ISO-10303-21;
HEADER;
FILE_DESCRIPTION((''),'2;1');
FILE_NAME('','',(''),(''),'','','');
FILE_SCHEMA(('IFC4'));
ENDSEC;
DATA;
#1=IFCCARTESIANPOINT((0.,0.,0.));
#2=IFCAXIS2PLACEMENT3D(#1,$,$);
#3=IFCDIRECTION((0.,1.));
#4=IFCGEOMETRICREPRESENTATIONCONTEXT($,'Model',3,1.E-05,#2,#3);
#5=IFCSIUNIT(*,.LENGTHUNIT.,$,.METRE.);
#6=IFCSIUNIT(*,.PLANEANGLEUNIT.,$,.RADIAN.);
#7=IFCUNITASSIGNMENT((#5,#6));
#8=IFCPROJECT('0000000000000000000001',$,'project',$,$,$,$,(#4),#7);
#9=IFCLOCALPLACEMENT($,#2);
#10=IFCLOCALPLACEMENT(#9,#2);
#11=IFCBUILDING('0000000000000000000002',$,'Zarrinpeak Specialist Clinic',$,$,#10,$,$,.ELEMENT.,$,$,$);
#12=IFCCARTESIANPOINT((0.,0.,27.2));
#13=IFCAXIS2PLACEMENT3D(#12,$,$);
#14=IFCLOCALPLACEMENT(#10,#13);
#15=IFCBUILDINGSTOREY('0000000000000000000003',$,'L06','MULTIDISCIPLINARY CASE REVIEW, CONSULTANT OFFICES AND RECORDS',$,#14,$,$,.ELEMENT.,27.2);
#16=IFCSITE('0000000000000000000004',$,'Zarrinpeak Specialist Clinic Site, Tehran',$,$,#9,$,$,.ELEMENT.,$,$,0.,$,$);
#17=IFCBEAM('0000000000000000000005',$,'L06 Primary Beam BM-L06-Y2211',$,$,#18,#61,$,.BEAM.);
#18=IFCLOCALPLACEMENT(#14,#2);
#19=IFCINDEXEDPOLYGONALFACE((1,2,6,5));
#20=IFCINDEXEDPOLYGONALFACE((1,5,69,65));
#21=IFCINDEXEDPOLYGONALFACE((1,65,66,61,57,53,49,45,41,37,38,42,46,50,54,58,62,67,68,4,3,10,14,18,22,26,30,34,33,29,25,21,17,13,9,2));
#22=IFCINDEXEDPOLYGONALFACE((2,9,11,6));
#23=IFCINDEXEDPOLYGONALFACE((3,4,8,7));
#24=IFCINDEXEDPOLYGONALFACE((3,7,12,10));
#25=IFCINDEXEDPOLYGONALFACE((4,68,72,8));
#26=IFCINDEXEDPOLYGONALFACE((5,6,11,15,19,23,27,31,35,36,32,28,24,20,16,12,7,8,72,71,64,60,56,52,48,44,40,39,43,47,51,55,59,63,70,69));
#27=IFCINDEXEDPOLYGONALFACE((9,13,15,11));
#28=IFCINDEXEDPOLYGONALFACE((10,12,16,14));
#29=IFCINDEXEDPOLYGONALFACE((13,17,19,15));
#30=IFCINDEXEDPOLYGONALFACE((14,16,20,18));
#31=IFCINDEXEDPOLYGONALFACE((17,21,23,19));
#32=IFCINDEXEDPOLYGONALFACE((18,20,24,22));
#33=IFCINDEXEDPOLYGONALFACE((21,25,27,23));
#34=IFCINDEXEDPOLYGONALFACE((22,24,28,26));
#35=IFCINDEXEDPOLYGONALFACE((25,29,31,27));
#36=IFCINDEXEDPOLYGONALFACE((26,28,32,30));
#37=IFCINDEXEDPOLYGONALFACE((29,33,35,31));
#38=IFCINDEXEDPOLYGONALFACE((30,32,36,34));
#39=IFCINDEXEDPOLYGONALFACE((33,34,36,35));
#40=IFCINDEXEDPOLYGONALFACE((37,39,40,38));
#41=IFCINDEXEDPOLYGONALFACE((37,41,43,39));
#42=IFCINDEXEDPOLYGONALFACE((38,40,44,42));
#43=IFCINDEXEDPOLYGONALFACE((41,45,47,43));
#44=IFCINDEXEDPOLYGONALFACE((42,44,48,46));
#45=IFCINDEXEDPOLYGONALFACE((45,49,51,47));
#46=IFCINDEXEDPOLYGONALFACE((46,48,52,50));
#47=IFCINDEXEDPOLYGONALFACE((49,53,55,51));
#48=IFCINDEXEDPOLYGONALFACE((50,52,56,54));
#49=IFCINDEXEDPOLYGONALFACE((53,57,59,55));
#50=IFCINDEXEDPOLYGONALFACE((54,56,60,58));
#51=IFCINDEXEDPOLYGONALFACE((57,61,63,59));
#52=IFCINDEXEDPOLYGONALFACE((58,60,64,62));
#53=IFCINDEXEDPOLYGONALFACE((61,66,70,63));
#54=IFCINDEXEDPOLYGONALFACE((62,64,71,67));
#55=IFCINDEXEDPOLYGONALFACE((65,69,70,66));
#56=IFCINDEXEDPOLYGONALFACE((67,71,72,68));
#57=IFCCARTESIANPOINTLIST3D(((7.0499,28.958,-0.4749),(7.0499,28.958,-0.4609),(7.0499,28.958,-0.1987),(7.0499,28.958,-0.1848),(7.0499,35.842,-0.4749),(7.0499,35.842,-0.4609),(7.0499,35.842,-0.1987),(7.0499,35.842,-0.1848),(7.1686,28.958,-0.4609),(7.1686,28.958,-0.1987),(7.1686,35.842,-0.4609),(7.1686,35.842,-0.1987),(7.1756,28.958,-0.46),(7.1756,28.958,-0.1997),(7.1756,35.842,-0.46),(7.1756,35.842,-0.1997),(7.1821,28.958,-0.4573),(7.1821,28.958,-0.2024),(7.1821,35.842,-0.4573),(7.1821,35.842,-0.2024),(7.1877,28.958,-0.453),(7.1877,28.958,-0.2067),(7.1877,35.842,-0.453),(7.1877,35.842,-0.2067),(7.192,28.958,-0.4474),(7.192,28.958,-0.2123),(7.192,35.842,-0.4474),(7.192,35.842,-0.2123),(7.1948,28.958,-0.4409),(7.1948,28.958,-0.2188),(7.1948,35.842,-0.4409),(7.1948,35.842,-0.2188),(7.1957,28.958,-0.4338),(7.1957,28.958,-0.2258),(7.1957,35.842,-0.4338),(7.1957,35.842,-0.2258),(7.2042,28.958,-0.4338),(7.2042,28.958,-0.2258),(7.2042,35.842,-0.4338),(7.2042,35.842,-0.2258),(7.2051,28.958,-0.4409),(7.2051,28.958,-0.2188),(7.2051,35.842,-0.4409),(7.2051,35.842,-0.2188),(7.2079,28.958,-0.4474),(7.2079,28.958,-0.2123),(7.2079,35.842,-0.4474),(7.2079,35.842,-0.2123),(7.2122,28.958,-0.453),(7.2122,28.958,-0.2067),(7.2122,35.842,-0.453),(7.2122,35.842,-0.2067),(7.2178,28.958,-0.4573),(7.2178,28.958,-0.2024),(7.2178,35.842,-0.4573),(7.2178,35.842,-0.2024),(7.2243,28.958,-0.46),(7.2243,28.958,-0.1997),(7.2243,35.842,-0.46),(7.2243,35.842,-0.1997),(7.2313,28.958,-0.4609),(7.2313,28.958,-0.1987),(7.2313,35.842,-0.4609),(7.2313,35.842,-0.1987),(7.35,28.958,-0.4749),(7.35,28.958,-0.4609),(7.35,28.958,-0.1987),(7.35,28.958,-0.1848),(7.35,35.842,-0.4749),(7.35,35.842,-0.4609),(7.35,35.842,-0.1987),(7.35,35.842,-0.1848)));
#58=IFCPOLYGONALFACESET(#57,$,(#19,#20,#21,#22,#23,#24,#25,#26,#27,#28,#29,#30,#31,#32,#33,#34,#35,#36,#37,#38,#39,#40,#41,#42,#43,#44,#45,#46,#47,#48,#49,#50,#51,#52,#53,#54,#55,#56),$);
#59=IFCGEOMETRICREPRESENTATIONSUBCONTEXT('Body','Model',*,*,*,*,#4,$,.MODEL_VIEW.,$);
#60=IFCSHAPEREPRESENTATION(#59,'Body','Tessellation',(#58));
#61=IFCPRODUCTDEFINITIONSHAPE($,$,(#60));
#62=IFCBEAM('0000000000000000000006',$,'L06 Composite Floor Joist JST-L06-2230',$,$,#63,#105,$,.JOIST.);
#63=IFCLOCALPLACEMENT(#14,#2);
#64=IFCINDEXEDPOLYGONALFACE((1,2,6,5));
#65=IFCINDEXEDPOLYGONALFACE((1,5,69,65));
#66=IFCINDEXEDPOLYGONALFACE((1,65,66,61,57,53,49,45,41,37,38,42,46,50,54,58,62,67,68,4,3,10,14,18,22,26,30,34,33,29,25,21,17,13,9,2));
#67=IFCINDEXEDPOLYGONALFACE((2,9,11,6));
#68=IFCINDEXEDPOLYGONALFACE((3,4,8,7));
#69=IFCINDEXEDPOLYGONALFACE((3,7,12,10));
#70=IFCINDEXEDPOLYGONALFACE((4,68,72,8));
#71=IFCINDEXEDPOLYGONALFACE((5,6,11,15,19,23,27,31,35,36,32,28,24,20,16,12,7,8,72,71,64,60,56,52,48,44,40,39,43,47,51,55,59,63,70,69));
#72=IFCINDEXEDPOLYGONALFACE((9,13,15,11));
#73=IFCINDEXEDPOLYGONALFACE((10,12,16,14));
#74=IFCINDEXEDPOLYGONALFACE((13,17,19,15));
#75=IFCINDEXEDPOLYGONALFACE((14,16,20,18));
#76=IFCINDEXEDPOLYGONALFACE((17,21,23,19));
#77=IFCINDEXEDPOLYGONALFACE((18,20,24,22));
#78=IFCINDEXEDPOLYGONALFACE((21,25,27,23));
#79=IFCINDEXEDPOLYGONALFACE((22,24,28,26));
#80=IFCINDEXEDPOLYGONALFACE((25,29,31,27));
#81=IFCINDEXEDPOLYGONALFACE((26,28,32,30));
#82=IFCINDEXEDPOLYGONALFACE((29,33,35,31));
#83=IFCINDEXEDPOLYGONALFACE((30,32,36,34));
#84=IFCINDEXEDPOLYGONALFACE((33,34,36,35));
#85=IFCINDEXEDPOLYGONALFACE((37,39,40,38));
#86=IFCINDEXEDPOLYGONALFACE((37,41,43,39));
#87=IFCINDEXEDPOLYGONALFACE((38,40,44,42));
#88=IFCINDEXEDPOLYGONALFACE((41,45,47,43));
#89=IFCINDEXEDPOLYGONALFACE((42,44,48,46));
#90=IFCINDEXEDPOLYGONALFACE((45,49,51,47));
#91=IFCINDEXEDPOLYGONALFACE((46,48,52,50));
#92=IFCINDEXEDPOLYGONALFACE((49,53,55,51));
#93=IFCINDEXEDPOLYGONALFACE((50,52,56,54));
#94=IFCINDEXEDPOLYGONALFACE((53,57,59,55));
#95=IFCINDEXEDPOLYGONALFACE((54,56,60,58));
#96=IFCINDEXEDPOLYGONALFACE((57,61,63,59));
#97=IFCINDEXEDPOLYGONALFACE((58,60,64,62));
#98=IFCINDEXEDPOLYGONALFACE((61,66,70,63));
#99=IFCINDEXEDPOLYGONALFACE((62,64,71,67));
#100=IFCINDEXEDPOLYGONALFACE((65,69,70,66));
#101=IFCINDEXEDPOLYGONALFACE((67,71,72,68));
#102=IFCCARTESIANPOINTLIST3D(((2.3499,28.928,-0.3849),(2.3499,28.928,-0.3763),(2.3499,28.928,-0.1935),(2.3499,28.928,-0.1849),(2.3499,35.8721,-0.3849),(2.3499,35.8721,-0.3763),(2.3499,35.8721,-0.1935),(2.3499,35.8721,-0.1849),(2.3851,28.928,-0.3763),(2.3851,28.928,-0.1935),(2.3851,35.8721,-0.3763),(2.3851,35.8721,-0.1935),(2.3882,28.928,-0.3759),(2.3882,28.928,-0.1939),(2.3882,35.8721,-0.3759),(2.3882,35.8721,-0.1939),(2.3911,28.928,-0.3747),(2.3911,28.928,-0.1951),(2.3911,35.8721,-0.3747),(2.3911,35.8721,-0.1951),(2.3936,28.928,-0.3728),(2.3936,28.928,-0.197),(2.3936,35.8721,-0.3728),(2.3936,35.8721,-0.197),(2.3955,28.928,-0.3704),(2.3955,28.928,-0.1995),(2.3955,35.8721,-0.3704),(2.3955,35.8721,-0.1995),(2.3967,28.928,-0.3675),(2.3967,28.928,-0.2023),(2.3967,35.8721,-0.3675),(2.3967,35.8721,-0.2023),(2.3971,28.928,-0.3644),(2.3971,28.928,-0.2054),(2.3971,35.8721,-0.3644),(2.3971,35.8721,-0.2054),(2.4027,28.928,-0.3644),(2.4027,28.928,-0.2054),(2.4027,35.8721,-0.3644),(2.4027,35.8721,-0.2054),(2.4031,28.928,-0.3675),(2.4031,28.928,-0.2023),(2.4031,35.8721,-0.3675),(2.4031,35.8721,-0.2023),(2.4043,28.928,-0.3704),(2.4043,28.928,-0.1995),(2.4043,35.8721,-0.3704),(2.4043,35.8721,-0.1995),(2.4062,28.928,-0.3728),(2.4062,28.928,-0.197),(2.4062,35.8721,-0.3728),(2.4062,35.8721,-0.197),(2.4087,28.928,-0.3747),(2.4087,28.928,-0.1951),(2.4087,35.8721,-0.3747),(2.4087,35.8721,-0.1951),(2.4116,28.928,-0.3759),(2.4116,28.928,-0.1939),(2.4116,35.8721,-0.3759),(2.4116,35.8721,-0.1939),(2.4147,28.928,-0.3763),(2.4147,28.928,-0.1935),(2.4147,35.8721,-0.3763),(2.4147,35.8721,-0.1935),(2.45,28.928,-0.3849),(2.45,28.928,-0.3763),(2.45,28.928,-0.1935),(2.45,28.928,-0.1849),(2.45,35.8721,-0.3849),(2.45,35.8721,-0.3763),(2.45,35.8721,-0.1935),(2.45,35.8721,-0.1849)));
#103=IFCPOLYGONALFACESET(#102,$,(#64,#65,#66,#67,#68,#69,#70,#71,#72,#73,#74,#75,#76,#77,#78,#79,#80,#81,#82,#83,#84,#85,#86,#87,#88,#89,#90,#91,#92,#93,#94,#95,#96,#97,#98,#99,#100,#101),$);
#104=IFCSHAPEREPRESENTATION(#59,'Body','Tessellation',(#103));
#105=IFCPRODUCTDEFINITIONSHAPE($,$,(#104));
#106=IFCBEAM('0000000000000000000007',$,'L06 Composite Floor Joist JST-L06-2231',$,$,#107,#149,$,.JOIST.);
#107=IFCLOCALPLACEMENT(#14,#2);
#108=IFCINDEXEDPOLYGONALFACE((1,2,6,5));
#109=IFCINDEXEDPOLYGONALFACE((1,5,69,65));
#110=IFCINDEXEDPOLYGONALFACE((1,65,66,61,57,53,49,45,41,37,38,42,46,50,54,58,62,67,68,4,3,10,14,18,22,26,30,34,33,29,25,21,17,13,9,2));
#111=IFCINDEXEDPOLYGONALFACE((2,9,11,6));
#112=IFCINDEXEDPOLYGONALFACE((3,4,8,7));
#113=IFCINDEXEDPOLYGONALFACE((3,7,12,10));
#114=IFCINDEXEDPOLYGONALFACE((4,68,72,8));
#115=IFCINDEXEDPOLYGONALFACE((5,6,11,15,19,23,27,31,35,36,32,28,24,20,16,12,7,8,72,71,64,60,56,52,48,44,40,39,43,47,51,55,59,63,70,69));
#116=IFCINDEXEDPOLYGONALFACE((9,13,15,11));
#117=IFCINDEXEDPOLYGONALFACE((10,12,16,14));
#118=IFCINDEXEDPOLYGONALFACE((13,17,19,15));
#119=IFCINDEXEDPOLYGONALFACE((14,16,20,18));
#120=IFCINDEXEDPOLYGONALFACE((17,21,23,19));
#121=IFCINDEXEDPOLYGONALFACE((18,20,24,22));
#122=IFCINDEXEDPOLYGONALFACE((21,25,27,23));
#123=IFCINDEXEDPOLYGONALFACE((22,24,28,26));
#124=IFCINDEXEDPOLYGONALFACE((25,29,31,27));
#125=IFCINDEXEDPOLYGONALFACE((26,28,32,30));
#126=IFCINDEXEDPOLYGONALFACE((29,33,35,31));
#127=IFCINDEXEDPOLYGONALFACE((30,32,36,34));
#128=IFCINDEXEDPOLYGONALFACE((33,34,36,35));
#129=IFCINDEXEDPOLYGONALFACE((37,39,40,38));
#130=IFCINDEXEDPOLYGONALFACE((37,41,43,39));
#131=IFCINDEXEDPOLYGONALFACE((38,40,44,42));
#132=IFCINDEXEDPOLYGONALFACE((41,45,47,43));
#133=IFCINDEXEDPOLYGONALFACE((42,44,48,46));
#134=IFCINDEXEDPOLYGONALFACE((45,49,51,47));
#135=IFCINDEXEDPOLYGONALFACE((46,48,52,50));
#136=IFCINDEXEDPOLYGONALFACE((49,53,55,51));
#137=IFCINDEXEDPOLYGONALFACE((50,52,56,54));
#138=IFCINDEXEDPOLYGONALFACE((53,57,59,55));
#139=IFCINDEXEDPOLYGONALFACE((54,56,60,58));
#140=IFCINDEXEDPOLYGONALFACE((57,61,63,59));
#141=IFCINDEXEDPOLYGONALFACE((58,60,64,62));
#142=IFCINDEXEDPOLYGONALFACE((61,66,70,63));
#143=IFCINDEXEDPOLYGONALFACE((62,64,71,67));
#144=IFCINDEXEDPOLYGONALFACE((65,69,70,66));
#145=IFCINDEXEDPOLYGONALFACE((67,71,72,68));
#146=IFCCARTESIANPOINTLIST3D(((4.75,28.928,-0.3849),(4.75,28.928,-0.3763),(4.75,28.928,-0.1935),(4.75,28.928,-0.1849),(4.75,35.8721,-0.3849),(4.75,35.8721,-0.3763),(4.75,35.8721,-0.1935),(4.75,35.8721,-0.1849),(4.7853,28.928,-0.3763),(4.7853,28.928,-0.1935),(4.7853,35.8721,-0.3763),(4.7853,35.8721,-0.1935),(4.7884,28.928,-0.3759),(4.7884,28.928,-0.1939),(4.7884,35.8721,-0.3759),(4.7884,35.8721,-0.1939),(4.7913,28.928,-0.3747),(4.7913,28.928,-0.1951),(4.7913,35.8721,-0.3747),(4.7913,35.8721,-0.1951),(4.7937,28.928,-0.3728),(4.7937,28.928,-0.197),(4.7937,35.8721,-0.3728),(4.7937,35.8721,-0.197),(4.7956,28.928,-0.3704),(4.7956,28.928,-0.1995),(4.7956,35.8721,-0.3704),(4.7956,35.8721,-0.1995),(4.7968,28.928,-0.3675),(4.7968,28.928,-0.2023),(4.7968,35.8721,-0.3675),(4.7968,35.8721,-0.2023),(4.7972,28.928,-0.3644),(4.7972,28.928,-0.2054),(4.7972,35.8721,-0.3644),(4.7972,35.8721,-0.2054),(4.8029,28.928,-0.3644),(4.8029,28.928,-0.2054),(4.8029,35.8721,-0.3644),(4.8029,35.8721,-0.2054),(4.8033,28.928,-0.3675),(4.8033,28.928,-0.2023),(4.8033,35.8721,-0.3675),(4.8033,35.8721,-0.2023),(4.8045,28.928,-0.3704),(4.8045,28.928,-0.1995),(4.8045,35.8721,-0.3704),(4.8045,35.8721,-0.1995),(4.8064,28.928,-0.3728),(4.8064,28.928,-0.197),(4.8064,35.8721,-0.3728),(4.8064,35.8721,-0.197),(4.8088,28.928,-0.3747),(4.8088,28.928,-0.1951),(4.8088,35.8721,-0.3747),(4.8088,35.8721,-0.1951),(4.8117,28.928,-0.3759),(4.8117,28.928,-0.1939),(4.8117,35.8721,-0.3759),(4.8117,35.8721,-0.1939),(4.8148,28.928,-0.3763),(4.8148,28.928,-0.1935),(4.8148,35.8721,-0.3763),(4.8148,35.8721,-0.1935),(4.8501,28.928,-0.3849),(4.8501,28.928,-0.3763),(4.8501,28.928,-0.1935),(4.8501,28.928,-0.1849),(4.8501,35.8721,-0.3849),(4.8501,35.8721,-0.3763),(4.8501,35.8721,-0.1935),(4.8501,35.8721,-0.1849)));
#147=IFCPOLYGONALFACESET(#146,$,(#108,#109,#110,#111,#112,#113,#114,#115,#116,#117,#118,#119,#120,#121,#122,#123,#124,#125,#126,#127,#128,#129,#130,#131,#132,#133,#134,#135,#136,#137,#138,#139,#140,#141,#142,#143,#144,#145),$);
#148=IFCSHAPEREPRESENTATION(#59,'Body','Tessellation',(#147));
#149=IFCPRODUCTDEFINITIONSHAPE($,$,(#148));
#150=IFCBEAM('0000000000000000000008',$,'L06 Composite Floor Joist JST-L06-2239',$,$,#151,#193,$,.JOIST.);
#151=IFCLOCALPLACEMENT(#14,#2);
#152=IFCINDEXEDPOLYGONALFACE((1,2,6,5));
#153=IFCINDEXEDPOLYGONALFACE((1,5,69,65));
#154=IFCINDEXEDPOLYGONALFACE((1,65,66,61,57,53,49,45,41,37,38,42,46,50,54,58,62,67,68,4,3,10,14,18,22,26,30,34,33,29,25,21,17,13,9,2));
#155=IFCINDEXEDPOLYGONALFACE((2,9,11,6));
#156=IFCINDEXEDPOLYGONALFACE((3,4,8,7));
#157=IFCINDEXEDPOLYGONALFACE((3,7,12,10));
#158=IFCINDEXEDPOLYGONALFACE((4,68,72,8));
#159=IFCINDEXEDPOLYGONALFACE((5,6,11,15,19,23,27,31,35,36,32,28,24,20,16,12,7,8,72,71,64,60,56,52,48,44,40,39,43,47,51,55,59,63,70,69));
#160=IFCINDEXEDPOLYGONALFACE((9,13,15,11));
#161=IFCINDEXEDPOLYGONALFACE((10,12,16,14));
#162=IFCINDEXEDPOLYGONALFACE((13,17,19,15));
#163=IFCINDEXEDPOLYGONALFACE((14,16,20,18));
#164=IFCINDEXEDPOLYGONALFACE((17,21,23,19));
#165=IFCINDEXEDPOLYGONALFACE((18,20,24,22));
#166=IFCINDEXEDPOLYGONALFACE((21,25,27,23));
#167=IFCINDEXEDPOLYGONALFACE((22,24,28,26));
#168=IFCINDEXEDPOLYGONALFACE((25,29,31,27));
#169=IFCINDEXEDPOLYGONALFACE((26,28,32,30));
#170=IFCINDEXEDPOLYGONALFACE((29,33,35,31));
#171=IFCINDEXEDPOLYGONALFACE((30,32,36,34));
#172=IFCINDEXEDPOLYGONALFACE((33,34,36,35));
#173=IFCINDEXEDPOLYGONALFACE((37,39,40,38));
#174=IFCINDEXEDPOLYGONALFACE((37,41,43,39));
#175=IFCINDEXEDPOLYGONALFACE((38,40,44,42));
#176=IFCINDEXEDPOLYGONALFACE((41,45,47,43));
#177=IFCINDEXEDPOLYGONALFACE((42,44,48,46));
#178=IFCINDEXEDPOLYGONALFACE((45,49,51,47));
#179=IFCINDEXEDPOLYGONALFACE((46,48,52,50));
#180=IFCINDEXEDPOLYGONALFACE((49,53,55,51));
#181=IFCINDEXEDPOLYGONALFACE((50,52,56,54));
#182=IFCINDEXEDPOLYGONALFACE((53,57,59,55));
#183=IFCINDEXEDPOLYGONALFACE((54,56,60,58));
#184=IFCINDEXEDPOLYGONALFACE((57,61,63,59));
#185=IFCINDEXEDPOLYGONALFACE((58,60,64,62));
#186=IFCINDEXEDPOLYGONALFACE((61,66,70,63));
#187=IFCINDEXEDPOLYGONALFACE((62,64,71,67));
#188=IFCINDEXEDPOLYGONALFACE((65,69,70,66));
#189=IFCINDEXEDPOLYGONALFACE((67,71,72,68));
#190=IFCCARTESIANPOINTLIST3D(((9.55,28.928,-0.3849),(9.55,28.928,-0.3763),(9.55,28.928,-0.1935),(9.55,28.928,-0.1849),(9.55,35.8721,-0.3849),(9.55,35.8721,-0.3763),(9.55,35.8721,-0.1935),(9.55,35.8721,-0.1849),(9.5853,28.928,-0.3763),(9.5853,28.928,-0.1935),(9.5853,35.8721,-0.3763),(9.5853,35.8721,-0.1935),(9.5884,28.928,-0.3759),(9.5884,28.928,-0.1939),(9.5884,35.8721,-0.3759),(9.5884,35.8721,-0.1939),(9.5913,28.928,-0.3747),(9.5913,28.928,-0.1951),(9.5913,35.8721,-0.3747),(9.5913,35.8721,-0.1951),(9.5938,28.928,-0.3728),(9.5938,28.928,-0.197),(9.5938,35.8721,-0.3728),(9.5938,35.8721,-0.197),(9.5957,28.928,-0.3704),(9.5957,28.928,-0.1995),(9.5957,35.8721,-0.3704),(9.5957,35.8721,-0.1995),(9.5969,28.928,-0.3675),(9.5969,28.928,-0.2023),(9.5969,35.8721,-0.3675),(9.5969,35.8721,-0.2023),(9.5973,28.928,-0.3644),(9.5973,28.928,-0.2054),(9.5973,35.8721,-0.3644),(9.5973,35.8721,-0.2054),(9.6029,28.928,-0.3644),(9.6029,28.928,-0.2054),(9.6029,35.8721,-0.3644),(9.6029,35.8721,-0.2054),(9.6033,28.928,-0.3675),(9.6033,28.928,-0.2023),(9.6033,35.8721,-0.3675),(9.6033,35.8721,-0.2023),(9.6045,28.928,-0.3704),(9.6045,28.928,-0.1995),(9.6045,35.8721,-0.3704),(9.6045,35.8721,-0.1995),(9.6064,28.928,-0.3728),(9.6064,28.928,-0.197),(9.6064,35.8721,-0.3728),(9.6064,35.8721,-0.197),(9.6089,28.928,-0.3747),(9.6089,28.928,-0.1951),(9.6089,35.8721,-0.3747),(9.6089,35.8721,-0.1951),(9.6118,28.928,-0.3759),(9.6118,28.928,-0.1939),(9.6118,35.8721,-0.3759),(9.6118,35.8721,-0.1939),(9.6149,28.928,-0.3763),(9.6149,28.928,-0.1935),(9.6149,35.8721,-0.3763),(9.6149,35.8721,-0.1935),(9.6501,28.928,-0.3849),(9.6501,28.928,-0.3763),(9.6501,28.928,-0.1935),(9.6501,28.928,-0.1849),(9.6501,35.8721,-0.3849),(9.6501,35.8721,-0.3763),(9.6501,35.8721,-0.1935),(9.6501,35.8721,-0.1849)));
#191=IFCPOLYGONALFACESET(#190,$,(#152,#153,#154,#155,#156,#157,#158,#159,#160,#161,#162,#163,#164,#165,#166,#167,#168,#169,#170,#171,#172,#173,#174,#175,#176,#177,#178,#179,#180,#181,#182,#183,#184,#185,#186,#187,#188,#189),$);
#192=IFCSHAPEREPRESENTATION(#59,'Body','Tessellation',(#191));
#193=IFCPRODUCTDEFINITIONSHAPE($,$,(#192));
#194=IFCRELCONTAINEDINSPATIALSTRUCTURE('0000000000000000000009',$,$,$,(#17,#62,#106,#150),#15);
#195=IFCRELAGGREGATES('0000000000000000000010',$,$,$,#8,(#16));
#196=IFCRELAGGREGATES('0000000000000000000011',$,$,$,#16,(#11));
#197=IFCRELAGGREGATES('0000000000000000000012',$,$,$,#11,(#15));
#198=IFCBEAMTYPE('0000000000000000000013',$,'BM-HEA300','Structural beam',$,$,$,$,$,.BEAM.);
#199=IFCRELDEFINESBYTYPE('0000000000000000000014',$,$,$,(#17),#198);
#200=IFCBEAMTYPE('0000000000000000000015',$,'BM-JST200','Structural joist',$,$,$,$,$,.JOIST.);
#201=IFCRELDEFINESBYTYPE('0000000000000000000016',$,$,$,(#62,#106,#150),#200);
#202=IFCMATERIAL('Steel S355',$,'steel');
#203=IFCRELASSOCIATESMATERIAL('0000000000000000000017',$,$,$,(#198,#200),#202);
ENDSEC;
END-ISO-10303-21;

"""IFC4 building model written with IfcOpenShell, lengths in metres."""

from ifc_helpers import new_model, si_unit, direction, frame, origin, origin_2d, place, context, subcontext, project, spatial, i_section, extrude, material, material_profile, profile_set, type_object, element, save


model = new_model("IFC4")

# Units and contexts
model_context = context("Model", 3, precision=1e-05, world=origin(), true_north=direction((0.0, 1.0)))
body_context = subcontext(model_context, "Body", "Model", "MODEL_VIEW")
ifc_project = project(units=[si_unit("LENGTHUNIT", "METRE"), si_unit("PLANEANGLEUNIT", "RADIAN")], contexts=[model_context])

# Site, building, storey
site_placement = place(None, origin())
site = spatial("IfcSite", under=ifc_project, at=site_placement, Name="Zarrinpeak Specialist Clinic Site, Tehran", CompositionType="ELEMENT", RefElevation=0.0)
building_placement = place(site_placement, origin())
building = spatial("IfcBuilding", under=site, at=building_placement, Name="Zarrinpeak Specialist Clinic", CompositionType="ELEMENT")
storey_placement = place(building_placement, frame((0.0, 0.0, 27.2)))
storey = spatial("IfcBuildingStorey", under=building, at=storey_placement, Name="L06", Description="MULTIDISCIPLINARY CASE REVIEW, CONSULTANT OFFICES AND RECORDS", CompositionType="ELEMENT", Elevation=27.2)

# Shared definitions
ifc_material_1 = material(Name="Steel S355", Category="steel")

# Beams
ifc_material_profile_1 = material_profile(ifc_material_1, i_section(OverallWidth=0.3, OverallDepth=0.29, WebThickness=0.0085, FlangeThickness=0.0139, FilletRadius=0.0271, at=origin_2d()), Name="HEA 300")
ifc_profile_set_1 = profile_set([ifc_material_profile_1], Name="Steel S355")
beam_type_1 = type_object("IfcBeamType", Name="BM-HEA300", Description="Structural beam", PredefinedType="BEAM", material=ifc_profile_set_1)
beam_1_placement = place(storey_placement, frame((7.2, 28.958, -0.3298), z_axis=(0.0, 1.0, 0.0), x_axis=(-1.0, 0.0, 0.0)))
element("IfcBeam", 1, at=beam_1_placement, inside=storey, type_object=beam_type_1, Name="L06 Primary Beam BM-L06-Y2211", PredefinedType="BEAM", context=body_context, shape_type="SweptSolid", body=[
    extrude(i_section(OverallWidth=0.3, OverallDepth=0.29, WebThickness=0.0085, FlangeThickness=0.0139, FilletRadius=0.0271, at=origin_2d()), origin(), (0.0, 0.0, 1.0), 6.884),
])
ifc_material_profile_2 = material_profile(ifc_material_1, i_section(OverallWidth=0.1001, OverallDepth=0.2, WebThickness=0.0056, FlangeThickness=0.0085, FilletRadius=0.012, at=origin_2d()), Name="IPE 200")
ifc_profile_set_2 = profile_set([ifc_material_profile_2], Name="Steel S355")
beam_type_2 = type_object("IfcBeamType", Name="BM-JST200", Description="Structural joist", PredefinedType="JOIST", material=ifc_profile_set_2)
for number, where, z_axis, x_axis, name in (
    (2, (2.3999, 28.928, -0.2849), (0.0, 1.0, 0.0), (-1.0, 0.0, 0.0), "L06 Composite Floor Joist JST-L06-2230"),
    (3, (4.8, 28.928, -0.2849), (0.0, 1.0, 0.0), (-1.0, 0.0, 0.0), "L06 Composite Floor Joist JST-L06-2231"),
    (4, (9.6001, 28.928, -0.2849), (0.0, 1.0, 0.0), (-1.0, 0.0, 0.0), "L06 Composite Floor Joist JST-L06-2239"),
):
    element("IfcBeam", number, at=place(storey_placement, frame(where, z_axis=z_axis, x_axis=x_axis)), inside=storey, type_object=beam_type_2, Name=name, PredefinedType="JOIST", context=body_context, shape_type="SweptSolid", body=[
        extrude(i_section(OverallWidth=0.1001, OverallDepth=0.2, WebThickness=0.0056, FlangeThickness=0.0085, FilletRadius=0.012, at=origin_2d()), origin(), (0.0, 0.0, 1.0), 6.9441),
    ])

save(model, "model.ifc")
